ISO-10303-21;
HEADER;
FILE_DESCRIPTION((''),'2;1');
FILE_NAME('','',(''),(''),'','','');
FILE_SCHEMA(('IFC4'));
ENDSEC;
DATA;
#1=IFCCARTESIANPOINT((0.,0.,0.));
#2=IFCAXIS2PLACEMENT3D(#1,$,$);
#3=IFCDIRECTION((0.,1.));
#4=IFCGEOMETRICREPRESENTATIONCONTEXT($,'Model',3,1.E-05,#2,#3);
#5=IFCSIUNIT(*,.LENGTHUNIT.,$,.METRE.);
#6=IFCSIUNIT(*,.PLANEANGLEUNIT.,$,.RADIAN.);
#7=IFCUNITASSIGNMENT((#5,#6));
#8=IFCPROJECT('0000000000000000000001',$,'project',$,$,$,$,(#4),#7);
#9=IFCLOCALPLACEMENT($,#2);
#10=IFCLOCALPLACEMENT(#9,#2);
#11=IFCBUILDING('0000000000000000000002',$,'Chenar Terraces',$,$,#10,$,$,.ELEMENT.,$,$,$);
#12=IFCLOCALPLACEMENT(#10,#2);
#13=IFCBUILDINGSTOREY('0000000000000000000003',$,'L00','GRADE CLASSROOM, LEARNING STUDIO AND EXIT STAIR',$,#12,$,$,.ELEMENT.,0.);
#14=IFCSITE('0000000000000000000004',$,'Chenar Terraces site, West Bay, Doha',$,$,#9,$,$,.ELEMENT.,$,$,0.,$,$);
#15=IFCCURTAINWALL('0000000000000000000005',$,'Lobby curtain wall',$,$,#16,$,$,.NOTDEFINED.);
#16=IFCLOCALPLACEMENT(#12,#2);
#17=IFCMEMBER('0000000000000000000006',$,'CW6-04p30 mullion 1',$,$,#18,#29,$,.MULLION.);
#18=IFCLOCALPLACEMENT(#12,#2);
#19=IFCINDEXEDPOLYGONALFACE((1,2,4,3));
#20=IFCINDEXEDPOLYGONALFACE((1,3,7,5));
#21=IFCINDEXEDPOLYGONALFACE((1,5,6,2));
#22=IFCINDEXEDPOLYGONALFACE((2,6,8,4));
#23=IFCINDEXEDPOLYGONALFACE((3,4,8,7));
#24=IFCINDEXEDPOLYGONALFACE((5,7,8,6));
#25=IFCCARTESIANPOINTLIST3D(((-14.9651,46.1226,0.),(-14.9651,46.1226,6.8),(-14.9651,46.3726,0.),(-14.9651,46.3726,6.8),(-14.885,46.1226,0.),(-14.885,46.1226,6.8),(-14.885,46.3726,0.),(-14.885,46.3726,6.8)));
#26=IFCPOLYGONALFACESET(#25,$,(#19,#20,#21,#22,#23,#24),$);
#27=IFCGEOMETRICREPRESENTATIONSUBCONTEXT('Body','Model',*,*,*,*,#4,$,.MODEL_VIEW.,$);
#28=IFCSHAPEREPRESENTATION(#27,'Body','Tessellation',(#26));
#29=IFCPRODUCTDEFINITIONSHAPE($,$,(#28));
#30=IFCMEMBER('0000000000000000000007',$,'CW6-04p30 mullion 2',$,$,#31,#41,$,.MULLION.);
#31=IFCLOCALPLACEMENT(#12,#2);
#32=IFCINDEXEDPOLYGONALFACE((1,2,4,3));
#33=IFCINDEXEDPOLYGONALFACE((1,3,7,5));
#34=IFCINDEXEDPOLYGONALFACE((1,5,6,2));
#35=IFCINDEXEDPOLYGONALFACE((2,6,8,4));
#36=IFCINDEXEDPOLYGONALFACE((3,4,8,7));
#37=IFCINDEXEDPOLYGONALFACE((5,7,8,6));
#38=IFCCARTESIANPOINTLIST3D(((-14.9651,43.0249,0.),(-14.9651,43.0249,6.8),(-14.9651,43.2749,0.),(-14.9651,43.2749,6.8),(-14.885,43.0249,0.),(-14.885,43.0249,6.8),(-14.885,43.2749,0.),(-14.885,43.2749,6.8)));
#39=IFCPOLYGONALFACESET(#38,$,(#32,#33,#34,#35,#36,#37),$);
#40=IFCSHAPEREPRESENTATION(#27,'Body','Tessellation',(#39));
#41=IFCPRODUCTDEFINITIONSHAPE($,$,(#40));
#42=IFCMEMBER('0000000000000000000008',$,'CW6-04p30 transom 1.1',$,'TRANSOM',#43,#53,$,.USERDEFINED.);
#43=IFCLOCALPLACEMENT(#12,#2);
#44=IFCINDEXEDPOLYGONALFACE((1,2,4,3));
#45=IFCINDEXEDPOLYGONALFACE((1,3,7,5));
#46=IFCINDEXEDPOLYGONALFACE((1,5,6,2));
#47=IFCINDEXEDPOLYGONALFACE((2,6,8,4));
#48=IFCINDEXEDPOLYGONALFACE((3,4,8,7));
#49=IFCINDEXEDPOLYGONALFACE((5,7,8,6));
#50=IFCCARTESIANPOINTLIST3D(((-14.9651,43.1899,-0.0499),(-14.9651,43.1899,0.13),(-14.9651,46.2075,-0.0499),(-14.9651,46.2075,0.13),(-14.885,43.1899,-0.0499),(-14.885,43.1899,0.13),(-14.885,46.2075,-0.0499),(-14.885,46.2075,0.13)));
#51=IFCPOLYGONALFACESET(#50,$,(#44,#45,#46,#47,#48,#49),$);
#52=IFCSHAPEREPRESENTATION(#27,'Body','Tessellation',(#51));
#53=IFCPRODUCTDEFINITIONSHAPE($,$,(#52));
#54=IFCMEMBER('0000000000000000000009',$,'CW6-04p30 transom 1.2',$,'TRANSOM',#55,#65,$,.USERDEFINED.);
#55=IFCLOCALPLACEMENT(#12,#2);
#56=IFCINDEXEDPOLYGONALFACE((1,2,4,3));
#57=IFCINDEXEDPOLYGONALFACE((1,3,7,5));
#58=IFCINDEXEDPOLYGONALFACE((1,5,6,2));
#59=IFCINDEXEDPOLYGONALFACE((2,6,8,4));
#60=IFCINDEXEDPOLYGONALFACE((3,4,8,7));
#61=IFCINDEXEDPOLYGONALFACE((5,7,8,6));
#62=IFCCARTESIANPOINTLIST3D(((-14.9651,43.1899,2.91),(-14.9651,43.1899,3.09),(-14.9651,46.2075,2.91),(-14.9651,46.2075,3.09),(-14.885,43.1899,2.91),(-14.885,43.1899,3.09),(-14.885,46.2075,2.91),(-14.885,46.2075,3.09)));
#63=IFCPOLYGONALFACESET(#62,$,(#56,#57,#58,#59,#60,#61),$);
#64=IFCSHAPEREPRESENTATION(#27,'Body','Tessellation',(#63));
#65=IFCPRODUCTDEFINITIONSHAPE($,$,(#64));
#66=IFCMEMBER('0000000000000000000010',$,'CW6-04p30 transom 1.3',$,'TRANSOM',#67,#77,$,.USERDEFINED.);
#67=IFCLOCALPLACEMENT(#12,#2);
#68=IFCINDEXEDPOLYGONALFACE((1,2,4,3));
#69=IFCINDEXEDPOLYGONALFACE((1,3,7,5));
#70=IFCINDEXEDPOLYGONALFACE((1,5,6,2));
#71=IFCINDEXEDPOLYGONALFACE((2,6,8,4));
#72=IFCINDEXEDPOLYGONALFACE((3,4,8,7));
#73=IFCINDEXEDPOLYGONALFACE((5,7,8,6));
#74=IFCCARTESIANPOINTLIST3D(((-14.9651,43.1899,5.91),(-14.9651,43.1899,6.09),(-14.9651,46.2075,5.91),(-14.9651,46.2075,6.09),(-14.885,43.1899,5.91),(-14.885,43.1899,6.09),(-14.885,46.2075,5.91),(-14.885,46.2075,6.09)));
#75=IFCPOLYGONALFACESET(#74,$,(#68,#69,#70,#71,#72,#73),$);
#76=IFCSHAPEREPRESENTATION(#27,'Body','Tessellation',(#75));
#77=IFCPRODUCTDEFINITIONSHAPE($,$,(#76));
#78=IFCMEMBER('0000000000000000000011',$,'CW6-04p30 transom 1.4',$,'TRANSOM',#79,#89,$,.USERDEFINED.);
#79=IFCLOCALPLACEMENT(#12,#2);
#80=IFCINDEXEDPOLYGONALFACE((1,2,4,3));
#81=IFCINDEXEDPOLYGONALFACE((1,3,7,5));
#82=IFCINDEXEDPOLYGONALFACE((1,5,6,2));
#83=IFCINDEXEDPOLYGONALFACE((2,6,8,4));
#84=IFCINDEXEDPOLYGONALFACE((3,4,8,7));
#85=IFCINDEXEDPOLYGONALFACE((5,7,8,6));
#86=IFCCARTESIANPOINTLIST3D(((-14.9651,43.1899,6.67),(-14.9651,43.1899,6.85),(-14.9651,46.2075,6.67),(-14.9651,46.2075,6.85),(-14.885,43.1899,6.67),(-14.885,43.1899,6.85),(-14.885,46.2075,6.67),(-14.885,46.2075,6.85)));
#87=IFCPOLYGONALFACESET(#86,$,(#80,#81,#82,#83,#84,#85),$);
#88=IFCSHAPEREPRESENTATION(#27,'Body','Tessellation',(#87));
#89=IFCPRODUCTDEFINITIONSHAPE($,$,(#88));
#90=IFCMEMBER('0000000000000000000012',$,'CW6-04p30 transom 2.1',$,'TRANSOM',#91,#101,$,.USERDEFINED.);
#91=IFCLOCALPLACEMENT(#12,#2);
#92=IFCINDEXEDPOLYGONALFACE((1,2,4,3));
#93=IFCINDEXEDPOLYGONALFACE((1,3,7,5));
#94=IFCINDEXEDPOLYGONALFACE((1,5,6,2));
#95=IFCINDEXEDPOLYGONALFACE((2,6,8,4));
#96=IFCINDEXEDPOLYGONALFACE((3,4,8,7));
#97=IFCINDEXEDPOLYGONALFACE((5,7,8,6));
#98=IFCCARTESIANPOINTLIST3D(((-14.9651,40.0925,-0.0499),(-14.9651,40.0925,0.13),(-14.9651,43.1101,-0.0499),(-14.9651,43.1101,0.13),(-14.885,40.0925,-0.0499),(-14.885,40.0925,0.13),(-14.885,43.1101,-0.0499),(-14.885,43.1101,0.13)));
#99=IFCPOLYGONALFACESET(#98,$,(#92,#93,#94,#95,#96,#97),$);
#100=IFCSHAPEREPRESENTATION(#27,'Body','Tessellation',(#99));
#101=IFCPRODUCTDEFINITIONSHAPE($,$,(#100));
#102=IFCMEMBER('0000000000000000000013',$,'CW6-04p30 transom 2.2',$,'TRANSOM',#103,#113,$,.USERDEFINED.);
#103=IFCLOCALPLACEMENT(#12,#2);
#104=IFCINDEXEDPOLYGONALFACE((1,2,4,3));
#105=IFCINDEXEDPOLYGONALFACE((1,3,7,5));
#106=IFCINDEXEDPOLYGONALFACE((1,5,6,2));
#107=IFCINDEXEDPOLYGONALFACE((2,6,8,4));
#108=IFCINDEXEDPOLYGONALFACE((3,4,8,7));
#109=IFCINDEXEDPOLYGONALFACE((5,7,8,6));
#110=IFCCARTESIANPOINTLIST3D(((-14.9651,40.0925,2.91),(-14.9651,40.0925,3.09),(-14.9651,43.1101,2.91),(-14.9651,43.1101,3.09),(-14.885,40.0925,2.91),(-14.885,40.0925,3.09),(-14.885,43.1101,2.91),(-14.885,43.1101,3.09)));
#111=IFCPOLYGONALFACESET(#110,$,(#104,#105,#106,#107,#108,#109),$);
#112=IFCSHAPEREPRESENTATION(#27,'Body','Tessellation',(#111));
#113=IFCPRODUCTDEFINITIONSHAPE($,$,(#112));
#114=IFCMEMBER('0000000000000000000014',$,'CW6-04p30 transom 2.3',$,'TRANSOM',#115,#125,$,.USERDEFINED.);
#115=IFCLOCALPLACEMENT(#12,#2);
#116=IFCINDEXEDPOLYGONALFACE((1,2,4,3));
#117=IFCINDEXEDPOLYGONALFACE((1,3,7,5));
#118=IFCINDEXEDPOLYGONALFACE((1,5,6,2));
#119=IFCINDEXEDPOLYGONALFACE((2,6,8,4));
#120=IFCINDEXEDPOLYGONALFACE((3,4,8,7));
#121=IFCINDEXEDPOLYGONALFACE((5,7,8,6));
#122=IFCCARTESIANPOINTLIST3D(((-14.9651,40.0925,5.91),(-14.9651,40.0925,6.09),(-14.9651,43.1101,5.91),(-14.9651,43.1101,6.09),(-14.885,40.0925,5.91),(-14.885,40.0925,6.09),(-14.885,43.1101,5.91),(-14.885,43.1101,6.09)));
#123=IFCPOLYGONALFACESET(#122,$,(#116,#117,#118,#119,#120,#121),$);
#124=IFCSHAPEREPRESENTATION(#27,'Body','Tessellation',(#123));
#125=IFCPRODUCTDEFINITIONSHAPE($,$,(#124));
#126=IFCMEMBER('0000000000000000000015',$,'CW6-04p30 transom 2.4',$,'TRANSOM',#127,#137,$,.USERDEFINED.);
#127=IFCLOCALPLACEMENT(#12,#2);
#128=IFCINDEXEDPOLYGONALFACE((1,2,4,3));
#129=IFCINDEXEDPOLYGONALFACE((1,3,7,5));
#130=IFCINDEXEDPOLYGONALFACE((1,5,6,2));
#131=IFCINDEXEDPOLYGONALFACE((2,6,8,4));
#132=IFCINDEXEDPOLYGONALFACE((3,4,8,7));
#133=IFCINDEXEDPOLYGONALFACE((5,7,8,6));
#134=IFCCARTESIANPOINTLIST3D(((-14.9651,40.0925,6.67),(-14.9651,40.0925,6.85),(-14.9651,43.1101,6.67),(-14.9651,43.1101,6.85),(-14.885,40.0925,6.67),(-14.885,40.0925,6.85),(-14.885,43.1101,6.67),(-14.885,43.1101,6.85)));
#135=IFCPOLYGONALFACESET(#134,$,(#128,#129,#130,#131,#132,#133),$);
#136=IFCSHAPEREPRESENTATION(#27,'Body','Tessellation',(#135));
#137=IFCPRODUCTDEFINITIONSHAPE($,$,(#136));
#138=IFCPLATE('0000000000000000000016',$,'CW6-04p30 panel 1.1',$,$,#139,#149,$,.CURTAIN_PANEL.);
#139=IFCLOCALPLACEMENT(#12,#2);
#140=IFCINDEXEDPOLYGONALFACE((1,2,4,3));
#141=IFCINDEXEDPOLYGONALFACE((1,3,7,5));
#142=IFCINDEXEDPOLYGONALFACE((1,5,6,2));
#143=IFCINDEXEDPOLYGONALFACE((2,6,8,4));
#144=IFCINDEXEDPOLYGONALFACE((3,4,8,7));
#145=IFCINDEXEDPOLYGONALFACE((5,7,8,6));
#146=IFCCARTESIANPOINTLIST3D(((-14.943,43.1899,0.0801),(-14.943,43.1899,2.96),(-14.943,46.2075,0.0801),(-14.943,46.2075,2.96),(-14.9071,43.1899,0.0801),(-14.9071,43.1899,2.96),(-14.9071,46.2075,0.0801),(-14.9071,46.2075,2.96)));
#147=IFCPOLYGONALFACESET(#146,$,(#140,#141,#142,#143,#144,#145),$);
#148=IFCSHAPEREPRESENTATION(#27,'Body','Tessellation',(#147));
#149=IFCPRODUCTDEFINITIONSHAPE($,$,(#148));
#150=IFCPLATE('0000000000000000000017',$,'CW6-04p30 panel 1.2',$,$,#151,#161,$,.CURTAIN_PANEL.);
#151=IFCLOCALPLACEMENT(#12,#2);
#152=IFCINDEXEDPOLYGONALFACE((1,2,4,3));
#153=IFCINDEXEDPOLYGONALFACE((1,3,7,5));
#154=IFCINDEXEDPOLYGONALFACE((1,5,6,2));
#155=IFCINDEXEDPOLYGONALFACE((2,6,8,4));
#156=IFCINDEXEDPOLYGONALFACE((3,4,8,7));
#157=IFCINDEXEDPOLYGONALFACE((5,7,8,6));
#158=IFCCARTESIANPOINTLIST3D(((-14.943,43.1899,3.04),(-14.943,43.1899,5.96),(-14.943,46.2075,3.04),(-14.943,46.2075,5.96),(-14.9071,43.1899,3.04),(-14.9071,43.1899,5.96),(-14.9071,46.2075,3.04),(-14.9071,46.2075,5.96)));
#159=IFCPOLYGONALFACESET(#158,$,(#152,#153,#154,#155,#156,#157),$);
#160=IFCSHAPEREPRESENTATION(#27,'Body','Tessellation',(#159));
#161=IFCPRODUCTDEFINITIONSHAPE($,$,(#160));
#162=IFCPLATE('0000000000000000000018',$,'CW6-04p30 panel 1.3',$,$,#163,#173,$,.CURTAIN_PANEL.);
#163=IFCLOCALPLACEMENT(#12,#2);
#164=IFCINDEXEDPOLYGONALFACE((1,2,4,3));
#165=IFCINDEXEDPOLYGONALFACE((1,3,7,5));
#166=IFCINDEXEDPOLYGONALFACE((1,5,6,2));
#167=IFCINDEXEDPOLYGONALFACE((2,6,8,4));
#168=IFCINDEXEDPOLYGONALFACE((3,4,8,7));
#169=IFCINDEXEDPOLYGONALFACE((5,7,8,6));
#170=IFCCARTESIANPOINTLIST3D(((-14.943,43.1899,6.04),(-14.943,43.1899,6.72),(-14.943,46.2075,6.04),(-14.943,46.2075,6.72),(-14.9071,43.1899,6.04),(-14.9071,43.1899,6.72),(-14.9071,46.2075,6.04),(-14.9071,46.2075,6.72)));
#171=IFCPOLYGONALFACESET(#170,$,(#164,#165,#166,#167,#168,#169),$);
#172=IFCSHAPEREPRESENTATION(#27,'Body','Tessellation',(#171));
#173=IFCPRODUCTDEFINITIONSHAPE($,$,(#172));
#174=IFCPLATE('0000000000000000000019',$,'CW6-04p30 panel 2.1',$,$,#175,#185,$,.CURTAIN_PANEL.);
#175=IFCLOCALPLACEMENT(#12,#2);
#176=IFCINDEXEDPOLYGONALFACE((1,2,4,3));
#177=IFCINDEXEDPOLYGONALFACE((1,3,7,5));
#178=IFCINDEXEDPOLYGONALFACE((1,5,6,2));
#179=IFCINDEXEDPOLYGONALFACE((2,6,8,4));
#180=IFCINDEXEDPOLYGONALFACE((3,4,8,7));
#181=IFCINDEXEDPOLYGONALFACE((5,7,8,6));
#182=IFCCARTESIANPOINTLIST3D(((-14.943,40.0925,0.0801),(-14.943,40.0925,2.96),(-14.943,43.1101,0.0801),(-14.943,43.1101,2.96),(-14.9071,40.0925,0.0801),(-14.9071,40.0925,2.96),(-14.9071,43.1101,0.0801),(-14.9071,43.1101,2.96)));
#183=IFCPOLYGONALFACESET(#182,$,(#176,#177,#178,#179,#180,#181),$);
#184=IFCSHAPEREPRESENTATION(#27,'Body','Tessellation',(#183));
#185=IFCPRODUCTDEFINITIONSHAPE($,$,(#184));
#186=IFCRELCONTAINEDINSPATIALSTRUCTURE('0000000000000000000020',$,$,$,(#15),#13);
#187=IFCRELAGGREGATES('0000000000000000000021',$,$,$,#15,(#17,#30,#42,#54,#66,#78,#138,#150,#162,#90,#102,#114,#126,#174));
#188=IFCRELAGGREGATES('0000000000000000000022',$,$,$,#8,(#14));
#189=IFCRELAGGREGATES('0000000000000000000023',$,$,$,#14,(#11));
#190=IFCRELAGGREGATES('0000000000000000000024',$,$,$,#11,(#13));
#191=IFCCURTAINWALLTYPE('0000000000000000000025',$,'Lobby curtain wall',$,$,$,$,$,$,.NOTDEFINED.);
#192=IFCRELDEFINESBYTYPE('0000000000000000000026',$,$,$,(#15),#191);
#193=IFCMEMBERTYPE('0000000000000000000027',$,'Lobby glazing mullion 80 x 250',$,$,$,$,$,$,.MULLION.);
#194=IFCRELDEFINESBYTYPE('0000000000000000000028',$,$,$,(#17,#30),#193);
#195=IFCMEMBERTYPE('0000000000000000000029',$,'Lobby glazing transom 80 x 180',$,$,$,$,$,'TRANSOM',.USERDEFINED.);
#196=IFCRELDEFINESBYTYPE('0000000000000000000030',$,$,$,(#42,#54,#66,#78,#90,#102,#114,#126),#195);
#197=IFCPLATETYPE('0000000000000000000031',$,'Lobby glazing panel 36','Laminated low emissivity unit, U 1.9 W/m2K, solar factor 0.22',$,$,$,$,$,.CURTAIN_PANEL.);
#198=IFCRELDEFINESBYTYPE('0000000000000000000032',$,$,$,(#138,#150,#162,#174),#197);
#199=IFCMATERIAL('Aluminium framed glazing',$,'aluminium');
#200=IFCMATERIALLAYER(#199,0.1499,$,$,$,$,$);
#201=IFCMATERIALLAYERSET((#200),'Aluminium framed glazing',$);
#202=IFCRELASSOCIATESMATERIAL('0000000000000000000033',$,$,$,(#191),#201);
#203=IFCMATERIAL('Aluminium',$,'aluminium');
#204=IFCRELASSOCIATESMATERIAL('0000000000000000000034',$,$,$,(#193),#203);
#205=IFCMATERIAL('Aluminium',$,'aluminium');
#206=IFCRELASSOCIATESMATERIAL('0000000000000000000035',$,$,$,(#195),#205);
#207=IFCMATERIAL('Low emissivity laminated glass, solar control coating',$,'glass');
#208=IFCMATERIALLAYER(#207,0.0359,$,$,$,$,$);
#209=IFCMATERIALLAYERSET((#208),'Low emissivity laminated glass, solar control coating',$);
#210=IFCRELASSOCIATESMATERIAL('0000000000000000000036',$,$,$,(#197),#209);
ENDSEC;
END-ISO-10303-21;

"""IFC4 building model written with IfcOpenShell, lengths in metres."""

from ifc_helpers import new_model, si_unit, direction, frame, origin, origin_2d, place, context, subcontext, project, spatial, rectangle, extrude, material, layer, layer_set, material_profile, profile_set, type_object, element, aggregate, save


model = new_model("IFC4")

# Units and contexts
model_context = context("Model", 3, precision=1e-05, world=origin(), true_north=direction((0.0, 1.0)))
body_context = subcontext(model_context, "Body", "Model", "MODEL_VIEW")
ifc_project = project(units=[si_unit("LENGTHUNIT", "METRE"), si_unit("PLANEANGLEUNIT", "RADIAN")], contexts=[model_context])

# Site, building, storey
site_placement = place(None, origin())
site = spatial("IfcSite", under=ifc_project, at=site_placement, Name="Chenar Terraces site, West Bay, Doha", CompositionType="ELEMENT", RefElevation=0.0)
building_placement = place(site_placement, origin())
building = spatial("IfcBuilding", under=site, at=building_placement, Name="Chenar Terraces", CompositionType="ELEMENT")
storey_placement = place(building_placement, origin())
storey = spatial("IfcBuildingStorey", under=building, at=storey_placement, Name="L00", Description="GRADE CLASSROOM, LEARNING STUDIO AND EXIT STAIR", CompositionType="ELEMENT", Elevation=0.0)

# Curtain wall, members, plates
ifc_material_1 = material(Name="Aluminium framed glazing", Category="aluminium")
ifc_layer_1 = layer(ifc_material_1, 0.1499)
ifc_layer_set_1 = layer_set([ifc_layer_1], Name="Aluminium framed glazing")
curtain_wall_type = type_object("IfcCurtainWallType", Name="Lobby curtain wall", PredefinedType="NOTDEFINED", material=ifc_layer_set_1)
curtain_wall_placement = place(storey_placement, origin())
curtain_wall = element("IfcCurtainWall", 1, at=curtain_wall_placement, inside=storey, type_object=curtain_wall_type, Name="Lobby curtain wall", PredefinedType="NOTDEFINED")
ifc_material_2 = material(Name="Aluminium", Category="aluminium")
ifc_material_profile_1 = material_profile(ifc_material_2, rectangle(XDim=0.0801, YDim=0.25, at=origin_2d()), Name="Lobby glazing mullion 80 x 250")
ifc_profile_set_1 = profile_set([ifc_material_profile_1], Name="Aluminium")
member_type_1 = type_object("IfcMemberType", Name="Lobby glazing mullion 80 x 250", PredefinedType="MULLION", material=ifc_profile_set_1)
member_1_placement = place(storey_placement, frame((-14.925, 46.2476, 0.0), z_axis=(0.0, 0.0, 1.0), x_axis=(1.0, 0.0, 0.0)))
member_1 = element("IfcMember", 2, at=member_1_placement, type_object=member_type_1, Name="CW6-04p30 mullion 1", PredefinedType="MULLION", context=body_context, shape_type="SweptSolid", body=[
    extrude(rectangle(XDim=0.0801, YDim=0.25, at=origin_2d()), origin(), (0.0, 0.0, 1.0), 6.8),
])
member_2_placement = place(storey_placement, frame((-14.925, 43.1499, 0.0), z_axis=(0.0, 0.0, 1.0), x_axis=(1.0, 0.0, 0.0)))
member_2 = element("IfcMember", 3, at=member_2_placement, type_object=member_type_1, Name="CW6-04p30 mullion 2", PredefinedType="MULLION", context=body_context, shape_type="SweptSolid", body=[
    extrude(rectangle(XDim=0.0801, YDim=0.25, at=origin_2d()), origin(), (0.0, 0.0, 1.0), 6.8),
])
ifc_material_3 = material(Name="Aluminium", Category="aluminium")
ifc_material_profile_2 = material_profile(ifc_material_3, rectangle(XDim=0.0801, YDim=0.1799, at=origin_2d()), Name="Lobby glazing transom 80 x 180")
ifc_profile_set_2 = profile_set([ifc_material_profile_2], Name="Aluminium")
member_type_2 = type_object("IfcMemberType", Name="Lobby glazing transom 80 x 180", ElementType="TRANSOM", PredefinedType="USERDEFINED", material=ifc_profile_set_2)
member_3_placement = place(storey_placement, frame((-14.925, 46.2075, 0.04), z_axis=(0.0, -1.0, 0.0), x_axis=(1.0, 0.0, 0.0)))
member_3 = element("IfcMember", 4, at=member_3_placement, type_object=member_type_2, Name="CW6-04p30 transom 1.1", ObjectType="TRANSOM", PredefinedType="USERDEFINED", context=body_context, shape_type="SweptSolid", body=[
    extrude(rectangle(XDim=0.0801, YDim=0.1799, at=origin_2d()), origin(), (0.0, 0.0, 1.0), 3.0176),
])
member_4_placement = place(storey_placement, frame((-14.925, 46.2075, 3.0), z_axis=(0.0, -1.0, 0.0), x_axis=(1.0, 0.0, 0.0)))
member_4 = element("IfcMember", 5, at=member_4_placement, type_object=member_type_2, Name="CW6-04p30 transom 1.2", ObjectType="TRANSOM", PredefinedType="USERDEFINED", context=body_context, shape_type="SweptSolid", body=[
    extrude(rectangle(XDim=0.0801, YDim=0.1799, at=origin_2d()), origin(), (0.0, 0.0, 1.0), 3.0176),
])
member_5_placement = place(storey_placement, frame((-14.925, 46.2075, 6.0), z_axis=(0.0, -1.0, 0.0), x_axis=(1.0, 0.0, 0.0)))
member_5 = element("IfcMember", 6, at=member_5_placement, type_object=member_type_2, Name="CW6-04p30 transom 1.3", ObjectType="TRANSOM", PredefinedType="USERDEFINED", context=body_context, shape_type="SweptSolid", body=[
    extrude(rectangle(XDim=0.0801, YDim=0.1799, at=origin_2d()), origin(), (0.0, 0.0, 1.0), 3.0176),
])
member_6_placement = place(storey_placement, frame((-14.925, 46.2075, 6.76), z_axis=(0.0, -1.0, 0.0), x_axis=(1.0, 0.0, 0.0)))
member_6 = element("IfcMember", 7, at=member_6_placement, type_object=member_type_2, Name="CW6-04p30 transom 1.4", ObjectType="TRANSOM", PredefinedType="USERDEFINED", context=body_context, shape_type="SweptSolid", body=[
    extrude(rectangle(XDim=0.0801, YDim=0.1799, at=origin_2d()), origin(), (0.0, 0.0, 1.0), 3.0176),
])
member_7_placement = place(storey_placement, frame((-14.925, 43.1101, 0.04), z_axis=(0.0, -1.0, 0.0), x_axis=(1.0, 0.0, 0.0)))
member_7 = element("IfcMember", 8, at=member_7_placement, type_object=member_type_2, Name="CW6-04p30 transom 2.1", ObjectType="TRANSOM", PredefinedType="USERDEFINED", context=body_context, shape_type="SweptSolid", body=[
    extrude(rectangle(XDim=0.0801, YDim=0.1799, at=origin_2d()), origin(), (0.0, 0.0, 1.0), 3.0176),
])
member_8_placement = place(storey_placement, frame((-14.925, 43.1101, 3.0), z_axis=(0.0, -1.0, 0.0), x_axis=(1.0, 0.0, 0.0)))
member_8 = element("IfcMember", 9, at=member_8_placement, type_object=member_type_2, Name="CW6-04p30 transom 2.2", ObjectType="TRANSOM", PredefinedType="USERDEFINED", context=body_context, shape_type="SweptSolid", body=[
    extrude(rectangle(XDim=0.0801, YDim=0.1799, at=origin_2d()), origin(), (0.0, 0.0, 1.0), 3.0176),
])
member_9_placement = place(storey_placement, frame((-14.925, 43.1101, 6.0), z_axis=(0.0, -1.0, 0.0), x_axis=(1.0, 0.0, 0.0)))
member_9 = element("IfcMember", 10, at=member_9_placement, type_object=member_type_2, Name="CW6-04p30 transom 2.3", ObjectType="TRANSOM", PredefinedType="USERDEFINED", context=body_context, shape_type="SweptSolid", body=[
    extrude(rectangle(XDim=0.0801, YDim=0.1799, at=origin_2d()), origin(), (0.0, 0.0, 1.0), 3.0176),
])
member_10_placement = place(storey_placement, frame((-14.925, 43.1101, 6.76), z_axis=(0.0, -1.0, 0.0), x_axis=(1.0, 0.0, 0.0)))
member_10 = element("IfcMember", 11, at=member_10_placement, type_object=member_type_2, Name="CW6-04p30 transom 2.4", ObjectType="TRANSOM", PredefinedType="USERDEFINED", context=body_context, shape_type="SweptSolid", body=[
    extrude(rectangle(XDim=0.0801, YDim=0.1799, at=origin_2d()), origin(), (0.0, 0.0, 1.0), 3.0176),
])
ifc_material_4 = material(Name="Low emissivity laminated glass, solar control coating", Category="glass")
ifc_layer_2 = layer(ifc_material_4, 0.0359)
ifc_layer_set_2 = layer_set([ifc_layer_2], Name="Low emissivity laminated glass, solar control coating")
plate_type = type_object("IfcPlateType", Name="Lobby glazing panel 36", Description="Laminated low emissivity unit, U 1.9 W/m2K, solar factor 0.22", PredefinedType="CURTAIN_PANEL", material=ifc_layer_set_2)
plate_1_placement = place(storey_placement, frame((-14.925, 44.6987, 0.0801), z_axis=(0.0, 0.0, 1.0), x_axis=(0.0, -1.0, 0.0)))
plate_1 = element("IfcPlate", 12, at=plate_1_placement, type_object=plate_type, Name="CW6-04p30 panel 1.1", PredefinedType="CURTAIN_PANEL", context=body_context, shape_type="SweptSolid", body=[
    extrude(rectangle(XDim=3.0176, YDim=0.0359, at=origin_2d()), origin(), (0.0, 0.0, 1.0), 2.8799),
])
plate_2_placement = place(storey_placement, frame((-14.925, 44.6987, 3.04), z_axis=(0.0, 0.0, 1.0), x_axis=(0.0, -1.0, 0.0)))
plate_2 = element("IfcPlate", 13, at=plate_2_placement, type_object=plate_type, Name="CW6-04p30 panel 1.2", PredefinedType="CURTAIN_PANEL", context=body_context, shape_type="SweptSolid", body=[
    extrude(rectangle(XDim=3.0176, YDim=0.0359, at=origin_2d()), origin(), (0.0, 0.0, 1.0), 2.9199),
])
plate_3_placement = place(storey_placement, frame((-14.925, 44.6987, 6.04), z_axis=(0.0, 0.0, 1.0), x_axis=(0.0, -1.0, 0.0)))
plate_3 = element("IfcPlate", 14, at=plate_3_placement, type_object=plate_type, Name="CW6-04p30 panel 1.3", PredefinedType="CURTAIN_PANEL", context=body_context, shape_type="SweptSolid", body=[
    extrude(rectangle(XDim=3.0176, YDim=0.0359, at=origin_2d()), origin(), (0.0, 0.0, 1.0), 0.6799),
])
plate_4_placement = place(storey_placement, frame((-14.925, 41.6013, 0.0801), z_axis=(0.0, 0.0, 1.0), x_axis=(0.0, -1.0, 0.0)))
plate_4 = element("IfcPlate", 15, at=plate_4_placement, type_object=plate_type, Name="CW6-04p30 panel 2.1", PredefinedType="CURTAIN_PANEL", context=body_context, shape_type="SweptSolid", body=[
    extrude(rectangle(XDim=3.0176, YDim=0.0359, at=origin_2d()), origin(), (0.0, 0.0, 1.0), 2.8799),
])
aggregate(curtain_wall, [member_1, member_2, member_3, member_4, member_5, member_6, plate_1, plate_2, plate_3, member_7, member_8, member_9, member_10, plate_4])

save(model, "model.ifc")
